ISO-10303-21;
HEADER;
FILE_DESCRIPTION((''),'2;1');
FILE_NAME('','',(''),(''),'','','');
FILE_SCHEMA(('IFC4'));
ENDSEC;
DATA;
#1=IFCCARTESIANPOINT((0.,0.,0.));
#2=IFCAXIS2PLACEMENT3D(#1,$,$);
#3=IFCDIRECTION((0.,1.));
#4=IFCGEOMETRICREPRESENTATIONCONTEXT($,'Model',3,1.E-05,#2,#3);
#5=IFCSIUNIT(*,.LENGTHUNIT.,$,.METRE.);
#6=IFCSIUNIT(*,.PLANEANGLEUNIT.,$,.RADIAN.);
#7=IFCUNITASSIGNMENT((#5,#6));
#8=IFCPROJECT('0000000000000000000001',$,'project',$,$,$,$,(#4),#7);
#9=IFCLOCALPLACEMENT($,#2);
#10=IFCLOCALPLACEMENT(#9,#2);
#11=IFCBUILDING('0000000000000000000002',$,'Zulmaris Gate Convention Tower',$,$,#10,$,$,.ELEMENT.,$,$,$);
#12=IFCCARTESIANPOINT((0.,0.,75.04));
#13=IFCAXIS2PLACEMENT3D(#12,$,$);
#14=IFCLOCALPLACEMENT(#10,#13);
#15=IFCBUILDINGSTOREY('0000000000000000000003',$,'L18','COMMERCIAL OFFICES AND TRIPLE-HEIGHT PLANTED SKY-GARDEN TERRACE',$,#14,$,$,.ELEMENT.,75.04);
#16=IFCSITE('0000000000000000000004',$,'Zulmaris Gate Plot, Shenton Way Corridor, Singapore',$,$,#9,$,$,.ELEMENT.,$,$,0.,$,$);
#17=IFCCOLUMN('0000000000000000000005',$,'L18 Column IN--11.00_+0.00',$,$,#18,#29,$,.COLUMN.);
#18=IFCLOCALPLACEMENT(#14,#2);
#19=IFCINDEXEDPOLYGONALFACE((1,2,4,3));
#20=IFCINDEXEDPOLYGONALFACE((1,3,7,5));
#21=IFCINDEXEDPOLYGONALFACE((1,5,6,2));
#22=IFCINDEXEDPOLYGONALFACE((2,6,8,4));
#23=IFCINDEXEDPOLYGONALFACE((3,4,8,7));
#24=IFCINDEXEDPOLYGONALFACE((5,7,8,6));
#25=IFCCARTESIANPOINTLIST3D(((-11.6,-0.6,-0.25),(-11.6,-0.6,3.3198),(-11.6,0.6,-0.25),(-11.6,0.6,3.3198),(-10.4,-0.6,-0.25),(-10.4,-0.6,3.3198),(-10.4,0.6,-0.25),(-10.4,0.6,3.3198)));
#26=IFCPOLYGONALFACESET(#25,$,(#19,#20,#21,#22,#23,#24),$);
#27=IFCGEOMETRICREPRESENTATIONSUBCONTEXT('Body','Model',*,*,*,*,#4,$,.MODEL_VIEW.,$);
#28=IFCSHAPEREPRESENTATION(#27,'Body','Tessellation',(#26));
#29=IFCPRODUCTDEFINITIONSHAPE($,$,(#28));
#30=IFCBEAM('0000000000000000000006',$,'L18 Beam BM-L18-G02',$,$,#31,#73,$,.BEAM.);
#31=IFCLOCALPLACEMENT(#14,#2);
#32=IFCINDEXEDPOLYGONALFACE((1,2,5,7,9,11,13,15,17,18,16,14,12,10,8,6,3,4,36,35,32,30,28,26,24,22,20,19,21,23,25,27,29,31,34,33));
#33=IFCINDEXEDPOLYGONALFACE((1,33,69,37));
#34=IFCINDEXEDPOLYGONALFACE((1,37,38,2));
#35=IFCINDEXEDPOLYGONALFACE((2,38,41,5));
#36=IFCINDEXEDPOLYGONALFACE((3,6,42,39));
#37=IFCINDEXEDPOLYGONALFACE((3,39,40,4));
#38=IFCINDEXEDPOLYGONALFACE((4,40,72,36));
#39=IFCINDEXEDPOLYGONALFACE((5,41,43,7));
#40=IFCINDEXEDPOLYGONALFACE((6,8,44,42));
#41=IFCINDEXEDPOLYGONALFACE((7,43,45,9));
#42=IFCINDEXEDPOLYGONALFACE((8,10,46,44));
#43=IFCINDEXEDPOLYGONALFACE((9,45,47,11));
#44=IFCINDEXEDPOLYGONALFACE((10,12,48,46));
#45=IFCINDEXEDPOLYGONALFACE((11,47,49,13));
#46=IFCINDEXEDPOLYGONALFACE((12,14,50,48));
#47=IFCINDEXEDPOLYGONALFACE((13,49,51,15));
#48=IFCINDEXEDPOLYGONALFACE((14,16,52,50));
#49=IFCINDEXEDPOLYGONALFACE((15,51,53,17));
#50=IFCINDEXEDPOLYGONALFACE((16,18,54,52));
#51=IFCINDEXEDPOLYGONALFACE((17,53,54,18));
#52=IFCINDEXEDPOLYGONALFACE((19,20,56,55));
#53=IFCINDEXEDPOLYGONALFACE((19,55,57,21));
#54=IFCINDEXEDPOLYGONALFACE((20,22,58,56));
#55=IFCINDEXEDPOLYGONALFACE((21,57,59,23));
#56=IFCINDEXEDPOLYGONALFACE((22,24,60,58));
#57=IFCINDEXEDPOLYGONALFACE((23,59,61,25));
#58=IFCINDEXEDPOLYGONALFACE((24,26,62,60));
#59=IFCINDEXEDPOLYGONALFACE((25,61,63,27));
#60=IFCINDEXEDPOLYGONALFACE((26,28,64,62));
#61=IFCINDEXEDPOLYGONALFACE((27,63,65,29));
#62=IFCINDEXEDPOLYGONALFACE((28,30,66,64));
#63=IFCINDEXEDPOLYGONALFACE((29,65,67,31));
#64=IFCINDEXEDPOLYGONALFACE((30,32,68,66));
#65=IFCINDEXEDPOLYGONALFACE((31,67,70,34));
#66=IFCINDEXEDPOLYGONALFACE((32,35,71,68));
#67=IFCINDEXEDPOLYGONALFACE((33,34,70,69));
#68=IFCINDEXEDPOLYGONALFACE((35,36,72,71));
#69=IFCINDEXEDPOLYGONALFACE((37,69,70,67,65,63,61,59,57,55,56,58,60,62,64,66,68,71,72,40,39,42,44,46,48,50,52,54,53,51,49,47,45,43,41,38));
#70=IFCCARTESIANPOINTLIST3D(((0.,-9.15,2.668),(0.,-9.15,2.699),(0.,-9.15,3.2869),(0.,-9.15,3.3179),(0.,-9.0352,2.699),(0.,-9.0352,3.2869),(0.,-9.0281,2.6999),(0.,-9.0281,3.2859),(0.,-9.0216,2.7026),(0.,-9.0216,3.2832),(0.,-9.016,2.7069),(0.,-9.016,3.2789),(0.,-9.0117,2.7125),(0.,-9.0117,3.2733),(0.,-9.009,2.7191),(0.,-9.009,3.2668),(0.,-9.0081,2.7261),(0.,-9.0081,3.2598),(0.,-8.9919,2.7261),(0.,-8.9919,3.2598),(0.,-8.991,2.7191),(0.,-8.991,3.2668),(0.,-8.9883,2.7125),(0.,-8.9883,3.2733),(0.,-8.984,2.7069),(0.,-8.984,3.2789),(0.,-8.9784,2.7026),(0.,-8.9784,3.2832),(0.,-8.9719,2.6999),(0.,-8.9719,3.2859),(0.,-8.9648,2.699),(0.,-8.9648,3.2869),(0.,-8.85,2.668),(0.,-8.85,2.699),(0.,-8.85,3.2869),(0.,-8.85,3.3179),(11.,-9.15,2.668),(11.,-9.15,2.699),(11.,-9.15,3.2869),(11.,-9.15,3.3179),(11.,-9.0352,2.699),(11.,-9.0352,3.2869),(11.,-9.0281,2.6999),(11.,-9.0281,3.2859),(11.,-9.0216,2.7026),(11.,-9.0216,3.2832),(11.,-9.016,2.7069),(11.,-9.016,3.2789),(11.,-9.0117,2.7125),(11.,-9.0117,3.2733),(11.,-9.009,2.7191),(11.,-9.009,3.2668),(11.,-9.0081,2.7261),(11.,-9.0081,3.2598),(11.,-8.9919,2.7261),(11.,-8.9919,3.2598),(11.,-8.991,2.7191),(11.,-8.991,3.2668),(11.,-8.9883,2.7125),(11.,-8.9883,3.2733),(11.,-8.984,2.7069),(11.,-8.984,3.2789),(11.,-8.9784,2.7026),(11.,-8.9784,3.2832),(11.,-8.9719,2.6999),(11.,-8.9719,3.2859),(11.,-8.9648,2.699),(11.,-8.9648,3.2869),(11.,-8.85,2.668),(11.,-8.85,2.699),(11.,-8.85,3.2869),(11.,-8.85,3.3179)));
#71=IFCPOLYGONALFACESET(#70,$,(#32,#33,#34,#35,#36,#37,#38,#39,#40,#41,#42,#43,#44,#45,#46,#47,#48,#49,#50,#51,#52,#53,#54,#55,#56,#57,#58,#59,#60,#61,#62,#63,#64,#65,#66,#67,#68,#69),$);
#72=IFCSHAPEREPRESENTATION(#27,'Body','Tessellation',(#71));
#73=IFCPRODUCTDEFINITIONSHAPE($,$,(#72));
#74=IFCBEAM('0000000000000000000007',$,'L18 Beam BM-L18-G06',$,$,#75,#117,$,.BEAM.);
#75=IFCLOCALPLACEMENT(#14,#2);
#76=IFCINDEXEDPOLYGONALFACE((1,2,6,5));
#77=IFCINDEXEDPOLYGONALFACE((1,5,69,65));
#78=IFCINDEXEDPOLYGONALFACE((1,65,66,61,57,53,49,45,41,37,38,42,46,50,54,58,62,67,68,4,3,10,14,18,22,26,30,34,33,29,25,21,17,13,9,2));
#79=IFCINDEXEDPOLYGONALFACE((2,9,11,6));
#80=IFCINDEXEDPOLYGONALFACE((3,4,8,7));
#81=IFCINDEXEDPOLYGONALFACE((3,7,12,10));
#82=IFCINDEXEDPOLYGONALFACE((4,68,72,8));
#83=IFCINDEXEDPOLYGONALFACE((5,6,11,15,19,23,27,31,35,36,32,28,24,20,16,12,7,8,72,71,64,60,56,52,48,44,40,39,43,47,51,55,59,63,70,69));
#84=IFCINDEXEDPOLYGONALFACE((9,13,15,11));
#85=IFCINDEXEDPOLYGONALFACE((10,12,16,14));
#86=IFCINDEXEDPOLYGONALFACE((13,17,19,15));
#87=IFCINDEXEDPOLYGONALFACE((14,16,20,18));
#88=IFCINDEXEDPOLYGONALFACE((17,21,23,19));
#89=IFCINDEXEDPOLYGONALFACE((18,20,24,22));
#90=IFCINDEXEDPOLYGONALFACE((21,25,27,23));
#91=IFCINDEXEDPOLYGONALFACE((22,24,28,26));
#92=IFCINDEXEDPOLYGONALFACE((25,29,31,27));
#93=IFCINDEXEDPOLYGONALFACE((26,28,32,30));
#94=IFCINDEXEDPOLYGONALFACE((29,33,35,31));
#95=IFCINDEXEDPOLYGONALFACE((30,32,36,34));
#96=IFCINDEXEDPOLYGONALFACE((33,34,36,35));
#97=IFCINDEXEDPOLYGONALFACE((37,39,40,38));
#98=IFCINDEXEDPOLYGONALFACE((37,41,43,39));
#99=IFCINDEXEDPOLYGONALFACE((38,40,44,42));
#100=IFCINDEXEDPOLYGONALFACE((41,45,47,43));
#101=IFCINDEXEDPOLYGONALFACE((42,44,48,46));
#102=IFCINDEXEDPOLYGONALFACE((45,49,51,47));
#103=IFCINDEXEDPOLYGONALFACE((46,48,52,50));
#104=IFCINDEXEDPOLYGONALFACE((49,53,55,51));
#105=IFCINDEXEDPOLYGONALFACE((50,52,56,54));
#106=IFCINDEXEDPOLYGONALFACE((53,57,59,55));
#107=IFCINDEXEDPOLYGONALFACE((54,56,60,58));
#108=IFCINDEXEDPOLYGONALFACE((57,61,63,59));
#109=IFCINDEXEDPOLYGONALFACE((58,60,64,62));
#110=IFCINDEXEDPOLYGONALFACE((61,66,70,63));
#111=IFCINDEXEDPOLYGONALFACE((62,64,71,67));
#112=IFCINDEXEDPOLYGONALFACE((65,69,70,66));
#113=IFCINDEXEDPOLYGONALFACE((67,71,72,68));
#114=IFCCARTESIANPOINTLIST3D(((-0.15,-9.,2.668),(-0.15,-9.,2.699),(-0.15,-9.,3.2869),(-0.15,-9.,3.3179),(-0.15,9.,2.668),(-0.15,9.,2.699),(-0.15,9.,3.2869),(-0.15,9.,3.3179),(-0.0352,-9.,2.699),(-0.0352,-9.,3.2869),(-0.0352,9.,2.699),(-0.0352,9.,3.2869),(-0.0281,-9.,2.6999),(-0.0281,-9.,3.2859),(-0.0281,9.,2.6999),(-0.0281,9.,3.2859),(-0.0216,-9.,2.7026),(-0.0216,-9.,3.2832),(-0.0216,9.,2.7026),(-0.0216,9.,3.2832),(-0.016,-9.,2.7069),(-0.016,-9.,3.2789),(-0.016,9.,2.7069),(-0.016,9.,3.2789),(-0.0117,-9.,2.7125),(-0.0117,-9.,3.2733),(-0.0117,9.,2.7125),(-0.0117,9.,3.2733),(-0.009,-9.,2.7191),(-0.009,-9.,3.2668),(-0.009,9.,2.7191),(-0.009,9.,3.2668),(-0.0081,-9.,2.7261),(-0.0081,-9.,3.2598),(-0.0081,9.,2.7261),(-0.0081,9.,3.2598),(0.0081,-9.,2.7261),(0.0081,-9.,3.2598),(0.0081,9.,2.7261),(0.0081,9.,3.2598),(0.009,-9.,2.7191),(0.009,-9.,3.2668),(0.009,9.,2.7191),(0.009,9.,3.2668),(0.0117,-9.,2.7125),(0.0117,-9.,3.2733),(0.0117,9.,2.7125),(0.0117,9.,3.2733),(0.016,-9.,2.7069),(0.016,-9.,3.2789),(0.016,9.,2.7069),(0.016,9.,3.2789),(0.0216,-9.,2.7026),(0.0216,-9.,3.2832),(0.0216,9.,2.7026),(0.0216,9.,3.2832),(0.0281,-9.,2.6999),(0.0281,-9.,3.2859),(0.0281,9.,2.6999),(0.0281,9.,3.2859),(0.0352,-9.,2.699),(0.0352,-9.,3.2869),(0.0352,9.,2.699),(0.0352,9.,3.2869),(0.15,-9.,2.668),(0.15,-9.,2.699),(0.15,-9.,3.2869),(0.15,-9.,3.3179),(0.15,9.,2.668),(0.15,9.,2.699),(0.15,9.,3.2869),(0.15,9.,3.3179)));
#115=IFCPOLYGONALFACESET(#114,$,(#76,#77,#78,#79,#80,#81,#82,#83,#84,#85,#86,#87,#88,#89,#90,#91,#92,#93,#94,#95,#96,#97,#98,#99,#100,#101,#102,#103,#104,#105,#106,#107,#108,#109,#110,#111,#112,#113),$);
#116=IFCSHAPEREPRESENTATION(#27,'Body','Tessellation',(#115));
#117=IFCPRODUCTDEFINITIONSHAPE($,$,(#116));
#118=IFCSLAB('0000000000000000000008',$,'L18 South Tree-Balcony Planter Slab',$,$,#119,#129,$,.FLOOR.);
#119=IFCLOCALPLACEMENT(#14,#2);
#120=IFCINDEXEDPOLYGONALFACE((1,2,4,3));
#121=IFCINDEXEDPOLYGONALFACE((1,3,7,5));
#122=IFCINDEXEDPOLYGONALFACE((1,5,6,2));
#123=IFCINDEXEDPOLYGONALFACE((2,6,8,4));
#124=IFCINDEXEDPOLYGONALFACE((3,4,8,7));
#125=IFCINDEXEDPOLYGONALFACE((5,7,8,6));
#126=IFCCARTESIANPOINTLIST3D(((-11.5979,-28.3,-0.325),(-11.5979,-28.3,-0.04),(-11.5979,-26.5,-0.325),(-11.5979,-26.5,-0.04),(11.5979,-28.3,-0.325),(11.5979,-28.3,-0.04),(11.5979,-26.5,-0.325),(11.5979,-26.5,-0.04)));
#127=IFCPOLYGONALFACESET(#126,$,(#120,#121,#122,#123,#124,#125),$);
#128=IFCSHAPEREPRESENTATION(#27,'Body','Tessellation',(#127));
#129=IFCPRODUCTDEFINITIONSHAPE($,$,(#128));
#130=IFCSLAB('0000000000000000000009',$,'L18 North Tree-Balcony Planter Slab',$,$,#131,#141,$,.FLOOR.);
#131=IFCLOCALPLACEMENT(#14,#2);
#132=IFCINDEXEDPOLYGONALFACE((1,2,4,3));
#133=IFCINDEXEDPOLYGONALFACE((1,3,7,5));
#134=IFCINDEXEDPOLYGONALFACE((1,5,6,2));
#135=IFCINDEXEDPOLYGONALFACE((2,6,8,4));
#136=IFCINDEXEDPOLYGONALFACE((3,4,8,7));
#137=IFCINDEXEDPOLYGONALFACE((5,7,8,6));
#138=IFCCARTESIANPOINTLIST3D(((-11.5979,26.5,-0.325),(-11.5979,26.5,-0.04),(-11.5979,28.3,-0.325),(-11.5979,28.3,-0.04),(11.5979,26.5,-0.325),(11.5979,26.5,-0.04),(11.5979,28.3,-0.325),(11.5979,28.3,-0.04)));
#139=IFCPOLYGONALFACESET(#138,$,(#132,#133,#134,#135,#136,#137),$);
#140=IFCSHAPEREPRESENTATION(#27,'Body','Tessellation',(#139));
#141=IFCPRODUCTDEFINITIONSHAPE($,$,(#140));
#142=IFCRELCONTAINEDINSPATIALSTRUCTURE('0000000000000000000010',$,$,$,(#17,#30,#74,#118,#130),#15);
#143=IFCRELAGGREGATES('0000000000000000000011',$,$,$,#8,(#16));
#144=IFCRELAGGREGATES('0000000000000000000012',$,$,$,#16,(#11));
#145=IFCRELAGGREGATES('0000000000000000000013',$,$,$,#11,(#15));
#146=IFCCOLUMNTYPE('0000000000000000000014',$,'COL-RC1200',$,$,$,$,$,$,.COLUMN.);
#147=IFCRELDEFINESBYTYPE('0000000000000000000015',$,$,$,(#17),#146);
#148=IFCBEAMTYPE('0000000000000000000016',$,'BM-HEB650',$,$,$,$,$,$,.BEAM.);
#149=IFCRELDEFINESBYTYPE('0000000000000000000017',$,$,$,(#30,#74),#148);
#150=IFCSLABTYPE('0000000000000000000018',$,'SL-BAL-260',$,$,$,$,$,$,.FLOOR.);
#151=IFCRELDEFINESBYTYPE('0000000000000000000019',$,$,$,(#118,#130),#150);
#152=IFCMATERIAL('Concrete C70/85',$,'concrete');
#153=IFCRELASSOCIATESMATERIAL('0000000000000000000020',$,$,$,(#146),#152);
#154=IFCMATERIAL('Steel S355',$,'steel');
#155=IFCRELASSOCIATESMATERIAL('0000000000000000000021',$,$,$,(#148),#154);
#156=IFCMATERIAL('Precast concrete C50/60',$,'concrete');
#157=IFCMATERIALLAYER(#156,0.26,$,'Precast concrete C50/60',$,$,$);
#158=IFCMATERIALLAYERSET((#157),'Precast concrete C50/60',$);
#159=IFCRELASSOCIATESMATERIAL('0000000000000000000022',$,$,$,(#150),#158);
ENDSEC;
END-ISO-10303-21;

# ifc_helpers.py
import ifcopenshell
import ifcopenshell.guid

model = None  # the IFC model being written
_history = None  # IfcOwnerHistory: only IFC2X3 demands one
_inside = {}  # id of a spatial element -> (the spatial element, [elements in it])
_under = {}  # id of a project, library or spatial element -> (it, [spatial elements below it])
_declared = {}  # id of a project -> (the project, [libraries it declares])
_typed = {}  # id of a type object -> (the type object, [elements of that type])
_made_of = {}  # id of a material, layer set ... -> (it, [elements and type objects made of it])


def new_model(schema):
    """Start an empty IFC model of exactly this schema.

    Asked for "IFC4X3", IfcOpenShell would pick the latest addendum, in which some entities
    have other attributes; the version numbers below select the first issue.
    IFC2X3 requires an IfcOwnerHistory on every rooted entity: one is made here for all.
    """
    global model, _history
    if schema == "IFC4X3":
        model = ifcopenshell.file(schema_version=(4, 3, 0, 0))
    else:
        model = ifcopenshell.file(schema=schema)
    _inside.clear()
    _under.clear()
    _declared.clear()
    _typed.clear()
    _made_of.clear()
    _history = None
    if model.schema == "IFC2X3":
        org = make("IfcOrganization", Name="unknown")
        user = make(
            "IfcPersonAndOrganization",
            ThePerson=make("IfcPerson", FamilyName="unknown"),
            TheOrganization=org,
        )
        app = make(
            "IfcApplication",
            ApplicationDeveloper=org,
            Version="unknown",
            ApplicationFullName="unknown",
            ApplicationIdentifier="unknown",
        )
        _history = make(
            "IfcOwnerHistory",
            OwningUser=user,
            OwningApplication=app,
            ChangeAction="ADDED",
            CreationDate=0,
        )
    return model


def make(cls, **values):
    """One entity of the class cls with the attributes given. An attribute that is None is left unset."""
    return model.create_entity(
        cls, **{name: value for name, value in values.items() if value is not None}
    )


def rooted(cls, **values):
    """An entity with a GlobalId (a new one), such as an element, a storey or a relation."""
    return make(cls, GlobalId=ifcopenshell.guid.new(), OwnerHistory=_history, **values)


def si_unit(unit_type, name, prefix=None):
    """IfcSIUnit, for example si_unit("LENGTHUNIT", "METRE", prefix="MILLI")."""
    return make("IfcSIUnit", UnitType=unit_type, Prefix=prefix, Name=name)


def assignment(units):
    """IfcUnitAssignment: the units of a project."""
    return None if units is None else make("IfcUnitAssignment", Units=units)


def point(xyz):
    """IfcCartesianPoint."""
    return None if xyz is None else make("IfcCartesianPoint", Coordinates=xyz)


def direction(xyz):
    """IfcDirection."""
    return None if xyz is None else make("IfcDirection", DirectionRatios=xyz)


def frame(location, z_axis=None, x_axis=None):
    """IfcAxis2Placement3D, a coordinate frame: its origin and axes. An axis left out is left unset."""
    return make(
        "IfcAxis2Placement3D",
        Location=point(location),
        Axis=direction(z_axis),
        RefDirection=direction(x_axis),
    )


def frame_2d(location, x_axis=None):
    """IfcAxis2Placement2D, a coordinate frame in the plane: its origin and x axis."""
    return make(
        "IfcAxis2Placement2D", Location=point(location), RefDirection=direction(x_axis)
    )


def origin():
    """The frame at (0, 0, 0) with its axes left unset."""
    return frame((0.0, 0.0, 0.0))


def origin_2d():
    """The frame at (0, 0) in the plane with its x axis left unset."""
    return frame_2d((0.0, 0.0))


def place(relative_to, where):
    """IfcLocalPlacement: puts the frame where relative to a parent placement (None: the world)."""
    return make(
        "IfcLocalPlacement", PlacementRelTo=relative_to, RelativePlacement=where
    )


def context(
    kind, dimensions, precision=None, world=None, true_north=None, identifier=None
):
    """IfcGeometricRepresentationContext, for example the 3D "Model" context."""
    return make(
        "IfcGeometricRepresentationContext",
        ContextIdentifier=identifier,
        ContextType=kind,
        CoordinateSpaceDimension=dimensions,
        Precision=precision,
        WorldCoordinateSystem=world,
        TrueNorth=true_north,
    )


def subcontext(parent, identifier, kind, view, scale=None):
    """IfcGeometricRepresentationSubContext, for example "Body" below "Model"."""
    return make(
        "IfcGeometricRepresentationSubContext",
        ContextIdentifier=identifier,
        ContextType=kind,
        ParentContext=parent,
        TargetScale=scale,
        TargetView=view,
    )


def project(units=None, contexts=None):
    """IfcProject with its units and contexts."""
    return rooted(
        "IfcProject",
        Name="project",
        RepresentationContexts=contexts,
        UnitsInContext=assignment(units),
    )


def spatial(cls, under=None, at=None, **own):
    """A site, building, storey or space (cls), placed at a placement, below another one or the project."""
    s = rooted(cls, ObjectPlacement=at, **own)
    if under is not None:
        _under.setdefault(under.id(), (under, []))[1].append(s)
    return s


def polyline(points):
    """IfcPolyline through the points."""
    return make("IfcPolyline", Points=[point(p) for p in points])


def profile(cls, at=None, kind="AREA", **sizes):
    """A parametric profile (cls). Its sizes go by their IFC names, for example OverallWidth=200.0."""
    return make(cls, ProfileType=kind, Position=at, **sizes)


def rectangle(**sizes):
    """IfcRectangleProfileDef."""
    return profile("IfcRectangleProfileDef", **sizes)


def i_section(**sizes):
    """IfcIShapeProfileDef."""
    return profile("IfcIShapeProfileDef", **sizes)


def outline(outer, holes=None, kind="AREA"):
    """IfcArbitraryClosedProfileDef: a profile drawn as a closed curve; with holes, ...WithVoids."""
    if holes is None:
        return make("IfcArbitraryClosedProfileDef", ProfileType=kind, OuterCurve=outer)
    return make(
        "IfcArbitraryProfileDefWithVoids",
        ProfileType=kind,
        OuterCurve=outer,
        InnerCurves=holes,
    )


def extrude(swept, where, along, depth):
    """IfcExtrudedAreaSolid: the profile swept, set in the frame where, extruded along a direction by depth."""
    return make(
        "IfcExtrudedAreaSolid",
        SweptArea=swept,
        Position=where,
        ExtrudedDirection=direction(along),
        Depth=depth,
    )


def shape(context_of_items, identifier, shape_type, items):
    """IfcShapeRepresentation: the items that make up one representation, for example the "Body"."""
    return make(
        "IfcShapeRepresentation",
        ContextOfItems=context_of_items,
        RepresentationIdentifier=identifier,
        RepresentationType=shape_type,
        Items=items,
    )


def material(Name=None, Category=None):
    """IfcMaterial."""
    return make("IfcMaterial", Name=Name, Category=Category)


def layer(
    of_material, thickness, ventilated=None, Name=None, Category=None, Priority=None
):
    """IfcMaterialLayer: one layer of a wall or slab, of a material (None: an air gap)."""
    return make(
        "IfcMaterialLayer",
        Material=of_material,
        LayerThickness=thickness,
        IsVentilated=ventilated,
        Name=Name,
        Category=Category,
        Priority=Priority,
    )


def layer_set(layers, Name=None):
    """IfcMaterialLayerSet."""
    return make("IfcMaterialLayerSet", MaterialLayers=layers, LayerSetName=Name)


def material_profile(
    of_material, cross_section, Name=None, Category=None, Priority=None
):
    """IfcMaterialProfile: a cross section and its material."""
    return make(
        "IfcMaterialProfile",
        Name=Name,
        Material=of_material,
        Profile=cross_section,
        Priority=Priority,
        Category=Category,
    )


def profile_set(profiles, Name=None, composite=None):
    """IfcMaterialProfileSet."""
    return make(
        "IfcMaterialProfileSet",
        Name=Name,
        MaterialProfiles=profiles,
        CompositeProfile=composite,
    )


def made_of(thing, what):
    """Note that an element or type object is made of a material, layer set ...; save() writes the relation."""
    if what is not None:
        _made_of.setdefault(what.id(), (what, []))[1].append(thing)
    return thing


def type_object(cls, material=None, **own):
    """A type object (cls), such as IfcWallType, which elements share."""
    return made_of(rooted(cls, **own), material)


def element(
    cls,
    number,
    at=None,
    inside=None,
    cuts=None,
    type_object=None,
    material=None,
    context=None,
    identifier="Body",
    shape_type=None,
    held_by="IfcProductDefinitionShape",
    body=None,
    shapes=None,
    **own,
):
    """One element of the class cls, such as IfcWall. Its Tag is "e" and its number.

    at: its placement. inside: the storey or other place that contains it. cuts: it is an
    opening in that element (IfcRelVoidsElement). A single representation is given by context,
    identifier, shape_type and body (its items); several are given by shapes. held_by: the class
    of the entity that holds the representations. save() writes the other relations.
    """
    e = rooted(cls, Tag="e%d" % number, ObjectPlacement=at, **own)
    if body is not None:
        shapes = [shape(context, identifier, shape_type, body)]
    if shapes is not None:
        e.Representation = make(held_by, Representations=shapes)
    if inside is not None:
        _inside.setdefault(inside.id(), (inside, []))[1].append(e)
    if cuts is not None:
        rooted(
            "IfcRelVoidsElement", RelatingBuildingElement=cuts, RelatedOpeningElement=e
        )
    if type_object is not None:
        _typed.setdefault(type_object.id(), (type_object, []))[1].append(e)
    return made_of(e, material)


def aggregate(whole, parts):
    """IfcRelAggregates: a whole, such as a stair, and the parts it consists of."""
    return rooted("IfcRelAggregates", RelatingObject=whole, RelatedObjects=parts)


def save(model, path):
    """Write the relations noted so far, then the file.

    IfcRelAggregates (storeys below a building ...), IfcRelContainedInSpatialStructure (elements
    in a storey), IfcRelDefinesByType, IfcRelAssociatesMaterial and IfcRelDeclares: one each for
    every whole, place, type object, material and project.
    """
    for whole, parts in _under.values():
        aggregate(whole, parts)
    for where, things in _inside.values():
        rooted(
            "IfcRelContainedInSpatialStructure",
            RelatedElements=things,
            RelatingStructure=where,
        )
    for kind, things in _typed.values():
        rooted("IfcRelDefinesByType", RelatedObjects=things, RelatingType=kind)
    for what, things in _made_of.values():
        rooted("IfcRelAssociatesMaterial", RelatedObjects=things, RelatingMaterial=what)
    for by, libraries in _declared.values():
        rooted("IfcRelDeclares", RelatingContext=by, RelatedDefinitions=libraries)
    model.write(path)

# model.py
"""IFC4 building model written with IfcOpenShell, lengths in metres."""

from ifc_helpers import new_model, si_unit, direction, frame, origin, origin_2d, place, context, subcontext, project, spatial, polyline, rectangle, i_section, outline, extrude, material, layer, layer_set, material_profile, profile_set, type_object, element, save


model = new_model("IFC4")

# Units and contexts
model_context = context("Model", 3, precision=1e-05, world=origin(), true_north=direction((0.0, 1.0)))
body_context = subcontext(model_context, "Body", "Model", "MODEL_VIEW")
ifc_project = project(units=[si_unit("LENGTHUNIT", "METRE"), si_unit("PLANEANGLEUNIT", "RADIAN")], contexts=[model_context])

# Site, building, storey
site_placement = place(None, origin())
site = spatial("IfcSite", under=ifc_project, at=site_placement, Name="Zulmaris Gate Plot, Shenton Way Corridor, Singapore", CompositionType="ELEMENT", RefElevation=0.0)
building_placement = place(site_placement, origin())
building = spatial("IfcBuilding", under=site, at=building_placement, Name="Zulmaris Gate Convention Tower", CompositionType="ELEMENT")
storey_placement = place(building_placement, frame((0.0, 0.0, 75.04)))
storey = spatial("IfcBuildingStorey", under=building, at=storey_placement, Name="L18", Description="COMMERCIAL OFFICES AND TRIPLE-HEIGHT PLANTED SKY-GARDEN TERRACE", CompositionType="ELEMENT", Elevation=75.04)

# Column
ifc_material_1 = material(Name="Concrete C70/85", Category="concrete")
ifc_material_profile_1 = material_profile(ifc_material_1, rectangle(XDim=1.2, YDim=1.2, at=origin_2d()), Name="RC COL 1200x1200")
ifc_profile_set_1 = profile_set([ifc_material_profile_1], Name="Concrete C70/85")
column_type = type_object("IfcColumnType", Name="COL-RC1200", PredefinedType="COLUMN", material=ifc_profile_set_1)
column_placement = place(storey_placement, frame((-11.0, 0.0, -0.25), z_axis=(0.0, 0.0, 1.0), x_axis=(1.0, 0.0, 0.0)))
element("IfcColumn", 1, at=column_placement, inside=storey, type_object=column_type, Name="L18 Column IN--11.00_+0.00", PredefinedType="COLUMN", context=body_context, shape_type="SweptSolid", body=[
    extrude(rectangle(XDim=1.2, YDim=1.2, at=origin_2d()), origin(), (0.0, 0.0, 1.0), 3.5698),
])

# Beams
ifc_material_2 = material(Name="Steel S355", Category="steel")
ifc_material_profile_2 = material_profile(ifc_material_2, i_section(OverallWidth=0.3, OverallDepth=0.6499, WebThickness=0.0161, FlangeThickness=0.031, FilletRadius=0.0271, at=origin_2d()), Name="HEB 650")
ifc_profile_set_2 = profile_set([ifc_material_profile_2], Name="Steel S355")
beam_type = type_object("IfcBeamType", Name="BM-HEB650", PredefinedType="BEAM", material=ifc_profile_set_2)
beam_1_placement = place(storey_placement, frame((0.0, -9.0, 2.9929), z_axis=(1.0, 0.0, 0.0), x_axis=(0.0, 1.0, 0.0)))
element("IfcBeam", 2, at=beam_1_placement, inside=storey, type_object=beam_type, Name="L18 Beam BM-L18-G02", PredefinedType="BEAM", context=body_context, shape_type="SweptSolid", body=[
    extrude(i_section(OverallWidth=0.3, OverallDepth=0.6499, WebThickness=0.0161, FlangeThickness=0.031, FilletRadius=0.0271, at=origin_2d()), origin(), (0.0, 0.0, 1.0), 11.0),
])
beam_2_placement = place(storey_placement, frame((0.0, -9.0, 2.9929), z_axis=(0.0, 1.0, 0.0), x_axis=(-1.0, 0.0, 0.0)))
element("IfcBeam", 3, at=beam_2_placement, inside=storey, type_object=beam_type, Name="L18 Beam BM-L18-G06", PredefinedType="BEAM", context=body_context, shape_type="SweptSolid", body=[
    extrude(i_section(OverallWidth=0.3, OverallDepth=0.6499, WebThickness=0.0161, FlangeThickness=0.031, FilletRadius=0.0271, at=origin_2d()), origin(), (0.0, 0.0, 1.0), 18.0),
])

# Slabs
ifc_material_3 = material(Name="Precast concrete C50/60", Category="concrete")
ifc_layer_1 = layer(ifc_material_3, 0.26, Name="Precast concrete C50/60")
ifc_layer_set_1 = layer_set([ifc_layer_1], Name="Precast concrete C50/60")
slab_type_1 = type_object("IfcSlabType", Name="SL-BAL-260", PredefinedType="FLOOR", material=ifc_layer_set_1)
slab_1_placement = place(storey_placement, frame((0.0, 0.0, -0.325)))
element("IfcSlab", 4, at=slab_1_placement, inside=storey, type_object=slab_type_1, Name="L18 South Tree-Balcony Planter Slab", PredefinedType="FLOOR", context=body_context, shape_type="SweptSolid", body=[
    extrude(outline(polyline([(-11.5979, -28.3), (-11.5979, -26.5), (11.5979, -26.5), (11.5979, -28.3), (-11.5979, -28.3)])), origin(), (0.0, 0.0, 1.0), 0.2849),
])
slab_2_placement = place(storey_placement, frame((0.0, 0.0, -0.325)))
element("IfcSlab", 5, at=slab_2_placement, inside=storey, type_object=slab_type_1, Name="L18 North Tree-Balcony Planter Slab", PredefinedType="FLOOR", context=body_context, shape_type="SweptSolid", body=[
    extrude(outline(polyline([(11.5979, 28.3), (11.5979, 26.5), (-11.5979, 26.5), (-11.5979, 28.3), (11.5979, 28.3)])), origin(), (0.0, 0.0, 1.0), 0.2849),
])

save(model, "model.ifc")
